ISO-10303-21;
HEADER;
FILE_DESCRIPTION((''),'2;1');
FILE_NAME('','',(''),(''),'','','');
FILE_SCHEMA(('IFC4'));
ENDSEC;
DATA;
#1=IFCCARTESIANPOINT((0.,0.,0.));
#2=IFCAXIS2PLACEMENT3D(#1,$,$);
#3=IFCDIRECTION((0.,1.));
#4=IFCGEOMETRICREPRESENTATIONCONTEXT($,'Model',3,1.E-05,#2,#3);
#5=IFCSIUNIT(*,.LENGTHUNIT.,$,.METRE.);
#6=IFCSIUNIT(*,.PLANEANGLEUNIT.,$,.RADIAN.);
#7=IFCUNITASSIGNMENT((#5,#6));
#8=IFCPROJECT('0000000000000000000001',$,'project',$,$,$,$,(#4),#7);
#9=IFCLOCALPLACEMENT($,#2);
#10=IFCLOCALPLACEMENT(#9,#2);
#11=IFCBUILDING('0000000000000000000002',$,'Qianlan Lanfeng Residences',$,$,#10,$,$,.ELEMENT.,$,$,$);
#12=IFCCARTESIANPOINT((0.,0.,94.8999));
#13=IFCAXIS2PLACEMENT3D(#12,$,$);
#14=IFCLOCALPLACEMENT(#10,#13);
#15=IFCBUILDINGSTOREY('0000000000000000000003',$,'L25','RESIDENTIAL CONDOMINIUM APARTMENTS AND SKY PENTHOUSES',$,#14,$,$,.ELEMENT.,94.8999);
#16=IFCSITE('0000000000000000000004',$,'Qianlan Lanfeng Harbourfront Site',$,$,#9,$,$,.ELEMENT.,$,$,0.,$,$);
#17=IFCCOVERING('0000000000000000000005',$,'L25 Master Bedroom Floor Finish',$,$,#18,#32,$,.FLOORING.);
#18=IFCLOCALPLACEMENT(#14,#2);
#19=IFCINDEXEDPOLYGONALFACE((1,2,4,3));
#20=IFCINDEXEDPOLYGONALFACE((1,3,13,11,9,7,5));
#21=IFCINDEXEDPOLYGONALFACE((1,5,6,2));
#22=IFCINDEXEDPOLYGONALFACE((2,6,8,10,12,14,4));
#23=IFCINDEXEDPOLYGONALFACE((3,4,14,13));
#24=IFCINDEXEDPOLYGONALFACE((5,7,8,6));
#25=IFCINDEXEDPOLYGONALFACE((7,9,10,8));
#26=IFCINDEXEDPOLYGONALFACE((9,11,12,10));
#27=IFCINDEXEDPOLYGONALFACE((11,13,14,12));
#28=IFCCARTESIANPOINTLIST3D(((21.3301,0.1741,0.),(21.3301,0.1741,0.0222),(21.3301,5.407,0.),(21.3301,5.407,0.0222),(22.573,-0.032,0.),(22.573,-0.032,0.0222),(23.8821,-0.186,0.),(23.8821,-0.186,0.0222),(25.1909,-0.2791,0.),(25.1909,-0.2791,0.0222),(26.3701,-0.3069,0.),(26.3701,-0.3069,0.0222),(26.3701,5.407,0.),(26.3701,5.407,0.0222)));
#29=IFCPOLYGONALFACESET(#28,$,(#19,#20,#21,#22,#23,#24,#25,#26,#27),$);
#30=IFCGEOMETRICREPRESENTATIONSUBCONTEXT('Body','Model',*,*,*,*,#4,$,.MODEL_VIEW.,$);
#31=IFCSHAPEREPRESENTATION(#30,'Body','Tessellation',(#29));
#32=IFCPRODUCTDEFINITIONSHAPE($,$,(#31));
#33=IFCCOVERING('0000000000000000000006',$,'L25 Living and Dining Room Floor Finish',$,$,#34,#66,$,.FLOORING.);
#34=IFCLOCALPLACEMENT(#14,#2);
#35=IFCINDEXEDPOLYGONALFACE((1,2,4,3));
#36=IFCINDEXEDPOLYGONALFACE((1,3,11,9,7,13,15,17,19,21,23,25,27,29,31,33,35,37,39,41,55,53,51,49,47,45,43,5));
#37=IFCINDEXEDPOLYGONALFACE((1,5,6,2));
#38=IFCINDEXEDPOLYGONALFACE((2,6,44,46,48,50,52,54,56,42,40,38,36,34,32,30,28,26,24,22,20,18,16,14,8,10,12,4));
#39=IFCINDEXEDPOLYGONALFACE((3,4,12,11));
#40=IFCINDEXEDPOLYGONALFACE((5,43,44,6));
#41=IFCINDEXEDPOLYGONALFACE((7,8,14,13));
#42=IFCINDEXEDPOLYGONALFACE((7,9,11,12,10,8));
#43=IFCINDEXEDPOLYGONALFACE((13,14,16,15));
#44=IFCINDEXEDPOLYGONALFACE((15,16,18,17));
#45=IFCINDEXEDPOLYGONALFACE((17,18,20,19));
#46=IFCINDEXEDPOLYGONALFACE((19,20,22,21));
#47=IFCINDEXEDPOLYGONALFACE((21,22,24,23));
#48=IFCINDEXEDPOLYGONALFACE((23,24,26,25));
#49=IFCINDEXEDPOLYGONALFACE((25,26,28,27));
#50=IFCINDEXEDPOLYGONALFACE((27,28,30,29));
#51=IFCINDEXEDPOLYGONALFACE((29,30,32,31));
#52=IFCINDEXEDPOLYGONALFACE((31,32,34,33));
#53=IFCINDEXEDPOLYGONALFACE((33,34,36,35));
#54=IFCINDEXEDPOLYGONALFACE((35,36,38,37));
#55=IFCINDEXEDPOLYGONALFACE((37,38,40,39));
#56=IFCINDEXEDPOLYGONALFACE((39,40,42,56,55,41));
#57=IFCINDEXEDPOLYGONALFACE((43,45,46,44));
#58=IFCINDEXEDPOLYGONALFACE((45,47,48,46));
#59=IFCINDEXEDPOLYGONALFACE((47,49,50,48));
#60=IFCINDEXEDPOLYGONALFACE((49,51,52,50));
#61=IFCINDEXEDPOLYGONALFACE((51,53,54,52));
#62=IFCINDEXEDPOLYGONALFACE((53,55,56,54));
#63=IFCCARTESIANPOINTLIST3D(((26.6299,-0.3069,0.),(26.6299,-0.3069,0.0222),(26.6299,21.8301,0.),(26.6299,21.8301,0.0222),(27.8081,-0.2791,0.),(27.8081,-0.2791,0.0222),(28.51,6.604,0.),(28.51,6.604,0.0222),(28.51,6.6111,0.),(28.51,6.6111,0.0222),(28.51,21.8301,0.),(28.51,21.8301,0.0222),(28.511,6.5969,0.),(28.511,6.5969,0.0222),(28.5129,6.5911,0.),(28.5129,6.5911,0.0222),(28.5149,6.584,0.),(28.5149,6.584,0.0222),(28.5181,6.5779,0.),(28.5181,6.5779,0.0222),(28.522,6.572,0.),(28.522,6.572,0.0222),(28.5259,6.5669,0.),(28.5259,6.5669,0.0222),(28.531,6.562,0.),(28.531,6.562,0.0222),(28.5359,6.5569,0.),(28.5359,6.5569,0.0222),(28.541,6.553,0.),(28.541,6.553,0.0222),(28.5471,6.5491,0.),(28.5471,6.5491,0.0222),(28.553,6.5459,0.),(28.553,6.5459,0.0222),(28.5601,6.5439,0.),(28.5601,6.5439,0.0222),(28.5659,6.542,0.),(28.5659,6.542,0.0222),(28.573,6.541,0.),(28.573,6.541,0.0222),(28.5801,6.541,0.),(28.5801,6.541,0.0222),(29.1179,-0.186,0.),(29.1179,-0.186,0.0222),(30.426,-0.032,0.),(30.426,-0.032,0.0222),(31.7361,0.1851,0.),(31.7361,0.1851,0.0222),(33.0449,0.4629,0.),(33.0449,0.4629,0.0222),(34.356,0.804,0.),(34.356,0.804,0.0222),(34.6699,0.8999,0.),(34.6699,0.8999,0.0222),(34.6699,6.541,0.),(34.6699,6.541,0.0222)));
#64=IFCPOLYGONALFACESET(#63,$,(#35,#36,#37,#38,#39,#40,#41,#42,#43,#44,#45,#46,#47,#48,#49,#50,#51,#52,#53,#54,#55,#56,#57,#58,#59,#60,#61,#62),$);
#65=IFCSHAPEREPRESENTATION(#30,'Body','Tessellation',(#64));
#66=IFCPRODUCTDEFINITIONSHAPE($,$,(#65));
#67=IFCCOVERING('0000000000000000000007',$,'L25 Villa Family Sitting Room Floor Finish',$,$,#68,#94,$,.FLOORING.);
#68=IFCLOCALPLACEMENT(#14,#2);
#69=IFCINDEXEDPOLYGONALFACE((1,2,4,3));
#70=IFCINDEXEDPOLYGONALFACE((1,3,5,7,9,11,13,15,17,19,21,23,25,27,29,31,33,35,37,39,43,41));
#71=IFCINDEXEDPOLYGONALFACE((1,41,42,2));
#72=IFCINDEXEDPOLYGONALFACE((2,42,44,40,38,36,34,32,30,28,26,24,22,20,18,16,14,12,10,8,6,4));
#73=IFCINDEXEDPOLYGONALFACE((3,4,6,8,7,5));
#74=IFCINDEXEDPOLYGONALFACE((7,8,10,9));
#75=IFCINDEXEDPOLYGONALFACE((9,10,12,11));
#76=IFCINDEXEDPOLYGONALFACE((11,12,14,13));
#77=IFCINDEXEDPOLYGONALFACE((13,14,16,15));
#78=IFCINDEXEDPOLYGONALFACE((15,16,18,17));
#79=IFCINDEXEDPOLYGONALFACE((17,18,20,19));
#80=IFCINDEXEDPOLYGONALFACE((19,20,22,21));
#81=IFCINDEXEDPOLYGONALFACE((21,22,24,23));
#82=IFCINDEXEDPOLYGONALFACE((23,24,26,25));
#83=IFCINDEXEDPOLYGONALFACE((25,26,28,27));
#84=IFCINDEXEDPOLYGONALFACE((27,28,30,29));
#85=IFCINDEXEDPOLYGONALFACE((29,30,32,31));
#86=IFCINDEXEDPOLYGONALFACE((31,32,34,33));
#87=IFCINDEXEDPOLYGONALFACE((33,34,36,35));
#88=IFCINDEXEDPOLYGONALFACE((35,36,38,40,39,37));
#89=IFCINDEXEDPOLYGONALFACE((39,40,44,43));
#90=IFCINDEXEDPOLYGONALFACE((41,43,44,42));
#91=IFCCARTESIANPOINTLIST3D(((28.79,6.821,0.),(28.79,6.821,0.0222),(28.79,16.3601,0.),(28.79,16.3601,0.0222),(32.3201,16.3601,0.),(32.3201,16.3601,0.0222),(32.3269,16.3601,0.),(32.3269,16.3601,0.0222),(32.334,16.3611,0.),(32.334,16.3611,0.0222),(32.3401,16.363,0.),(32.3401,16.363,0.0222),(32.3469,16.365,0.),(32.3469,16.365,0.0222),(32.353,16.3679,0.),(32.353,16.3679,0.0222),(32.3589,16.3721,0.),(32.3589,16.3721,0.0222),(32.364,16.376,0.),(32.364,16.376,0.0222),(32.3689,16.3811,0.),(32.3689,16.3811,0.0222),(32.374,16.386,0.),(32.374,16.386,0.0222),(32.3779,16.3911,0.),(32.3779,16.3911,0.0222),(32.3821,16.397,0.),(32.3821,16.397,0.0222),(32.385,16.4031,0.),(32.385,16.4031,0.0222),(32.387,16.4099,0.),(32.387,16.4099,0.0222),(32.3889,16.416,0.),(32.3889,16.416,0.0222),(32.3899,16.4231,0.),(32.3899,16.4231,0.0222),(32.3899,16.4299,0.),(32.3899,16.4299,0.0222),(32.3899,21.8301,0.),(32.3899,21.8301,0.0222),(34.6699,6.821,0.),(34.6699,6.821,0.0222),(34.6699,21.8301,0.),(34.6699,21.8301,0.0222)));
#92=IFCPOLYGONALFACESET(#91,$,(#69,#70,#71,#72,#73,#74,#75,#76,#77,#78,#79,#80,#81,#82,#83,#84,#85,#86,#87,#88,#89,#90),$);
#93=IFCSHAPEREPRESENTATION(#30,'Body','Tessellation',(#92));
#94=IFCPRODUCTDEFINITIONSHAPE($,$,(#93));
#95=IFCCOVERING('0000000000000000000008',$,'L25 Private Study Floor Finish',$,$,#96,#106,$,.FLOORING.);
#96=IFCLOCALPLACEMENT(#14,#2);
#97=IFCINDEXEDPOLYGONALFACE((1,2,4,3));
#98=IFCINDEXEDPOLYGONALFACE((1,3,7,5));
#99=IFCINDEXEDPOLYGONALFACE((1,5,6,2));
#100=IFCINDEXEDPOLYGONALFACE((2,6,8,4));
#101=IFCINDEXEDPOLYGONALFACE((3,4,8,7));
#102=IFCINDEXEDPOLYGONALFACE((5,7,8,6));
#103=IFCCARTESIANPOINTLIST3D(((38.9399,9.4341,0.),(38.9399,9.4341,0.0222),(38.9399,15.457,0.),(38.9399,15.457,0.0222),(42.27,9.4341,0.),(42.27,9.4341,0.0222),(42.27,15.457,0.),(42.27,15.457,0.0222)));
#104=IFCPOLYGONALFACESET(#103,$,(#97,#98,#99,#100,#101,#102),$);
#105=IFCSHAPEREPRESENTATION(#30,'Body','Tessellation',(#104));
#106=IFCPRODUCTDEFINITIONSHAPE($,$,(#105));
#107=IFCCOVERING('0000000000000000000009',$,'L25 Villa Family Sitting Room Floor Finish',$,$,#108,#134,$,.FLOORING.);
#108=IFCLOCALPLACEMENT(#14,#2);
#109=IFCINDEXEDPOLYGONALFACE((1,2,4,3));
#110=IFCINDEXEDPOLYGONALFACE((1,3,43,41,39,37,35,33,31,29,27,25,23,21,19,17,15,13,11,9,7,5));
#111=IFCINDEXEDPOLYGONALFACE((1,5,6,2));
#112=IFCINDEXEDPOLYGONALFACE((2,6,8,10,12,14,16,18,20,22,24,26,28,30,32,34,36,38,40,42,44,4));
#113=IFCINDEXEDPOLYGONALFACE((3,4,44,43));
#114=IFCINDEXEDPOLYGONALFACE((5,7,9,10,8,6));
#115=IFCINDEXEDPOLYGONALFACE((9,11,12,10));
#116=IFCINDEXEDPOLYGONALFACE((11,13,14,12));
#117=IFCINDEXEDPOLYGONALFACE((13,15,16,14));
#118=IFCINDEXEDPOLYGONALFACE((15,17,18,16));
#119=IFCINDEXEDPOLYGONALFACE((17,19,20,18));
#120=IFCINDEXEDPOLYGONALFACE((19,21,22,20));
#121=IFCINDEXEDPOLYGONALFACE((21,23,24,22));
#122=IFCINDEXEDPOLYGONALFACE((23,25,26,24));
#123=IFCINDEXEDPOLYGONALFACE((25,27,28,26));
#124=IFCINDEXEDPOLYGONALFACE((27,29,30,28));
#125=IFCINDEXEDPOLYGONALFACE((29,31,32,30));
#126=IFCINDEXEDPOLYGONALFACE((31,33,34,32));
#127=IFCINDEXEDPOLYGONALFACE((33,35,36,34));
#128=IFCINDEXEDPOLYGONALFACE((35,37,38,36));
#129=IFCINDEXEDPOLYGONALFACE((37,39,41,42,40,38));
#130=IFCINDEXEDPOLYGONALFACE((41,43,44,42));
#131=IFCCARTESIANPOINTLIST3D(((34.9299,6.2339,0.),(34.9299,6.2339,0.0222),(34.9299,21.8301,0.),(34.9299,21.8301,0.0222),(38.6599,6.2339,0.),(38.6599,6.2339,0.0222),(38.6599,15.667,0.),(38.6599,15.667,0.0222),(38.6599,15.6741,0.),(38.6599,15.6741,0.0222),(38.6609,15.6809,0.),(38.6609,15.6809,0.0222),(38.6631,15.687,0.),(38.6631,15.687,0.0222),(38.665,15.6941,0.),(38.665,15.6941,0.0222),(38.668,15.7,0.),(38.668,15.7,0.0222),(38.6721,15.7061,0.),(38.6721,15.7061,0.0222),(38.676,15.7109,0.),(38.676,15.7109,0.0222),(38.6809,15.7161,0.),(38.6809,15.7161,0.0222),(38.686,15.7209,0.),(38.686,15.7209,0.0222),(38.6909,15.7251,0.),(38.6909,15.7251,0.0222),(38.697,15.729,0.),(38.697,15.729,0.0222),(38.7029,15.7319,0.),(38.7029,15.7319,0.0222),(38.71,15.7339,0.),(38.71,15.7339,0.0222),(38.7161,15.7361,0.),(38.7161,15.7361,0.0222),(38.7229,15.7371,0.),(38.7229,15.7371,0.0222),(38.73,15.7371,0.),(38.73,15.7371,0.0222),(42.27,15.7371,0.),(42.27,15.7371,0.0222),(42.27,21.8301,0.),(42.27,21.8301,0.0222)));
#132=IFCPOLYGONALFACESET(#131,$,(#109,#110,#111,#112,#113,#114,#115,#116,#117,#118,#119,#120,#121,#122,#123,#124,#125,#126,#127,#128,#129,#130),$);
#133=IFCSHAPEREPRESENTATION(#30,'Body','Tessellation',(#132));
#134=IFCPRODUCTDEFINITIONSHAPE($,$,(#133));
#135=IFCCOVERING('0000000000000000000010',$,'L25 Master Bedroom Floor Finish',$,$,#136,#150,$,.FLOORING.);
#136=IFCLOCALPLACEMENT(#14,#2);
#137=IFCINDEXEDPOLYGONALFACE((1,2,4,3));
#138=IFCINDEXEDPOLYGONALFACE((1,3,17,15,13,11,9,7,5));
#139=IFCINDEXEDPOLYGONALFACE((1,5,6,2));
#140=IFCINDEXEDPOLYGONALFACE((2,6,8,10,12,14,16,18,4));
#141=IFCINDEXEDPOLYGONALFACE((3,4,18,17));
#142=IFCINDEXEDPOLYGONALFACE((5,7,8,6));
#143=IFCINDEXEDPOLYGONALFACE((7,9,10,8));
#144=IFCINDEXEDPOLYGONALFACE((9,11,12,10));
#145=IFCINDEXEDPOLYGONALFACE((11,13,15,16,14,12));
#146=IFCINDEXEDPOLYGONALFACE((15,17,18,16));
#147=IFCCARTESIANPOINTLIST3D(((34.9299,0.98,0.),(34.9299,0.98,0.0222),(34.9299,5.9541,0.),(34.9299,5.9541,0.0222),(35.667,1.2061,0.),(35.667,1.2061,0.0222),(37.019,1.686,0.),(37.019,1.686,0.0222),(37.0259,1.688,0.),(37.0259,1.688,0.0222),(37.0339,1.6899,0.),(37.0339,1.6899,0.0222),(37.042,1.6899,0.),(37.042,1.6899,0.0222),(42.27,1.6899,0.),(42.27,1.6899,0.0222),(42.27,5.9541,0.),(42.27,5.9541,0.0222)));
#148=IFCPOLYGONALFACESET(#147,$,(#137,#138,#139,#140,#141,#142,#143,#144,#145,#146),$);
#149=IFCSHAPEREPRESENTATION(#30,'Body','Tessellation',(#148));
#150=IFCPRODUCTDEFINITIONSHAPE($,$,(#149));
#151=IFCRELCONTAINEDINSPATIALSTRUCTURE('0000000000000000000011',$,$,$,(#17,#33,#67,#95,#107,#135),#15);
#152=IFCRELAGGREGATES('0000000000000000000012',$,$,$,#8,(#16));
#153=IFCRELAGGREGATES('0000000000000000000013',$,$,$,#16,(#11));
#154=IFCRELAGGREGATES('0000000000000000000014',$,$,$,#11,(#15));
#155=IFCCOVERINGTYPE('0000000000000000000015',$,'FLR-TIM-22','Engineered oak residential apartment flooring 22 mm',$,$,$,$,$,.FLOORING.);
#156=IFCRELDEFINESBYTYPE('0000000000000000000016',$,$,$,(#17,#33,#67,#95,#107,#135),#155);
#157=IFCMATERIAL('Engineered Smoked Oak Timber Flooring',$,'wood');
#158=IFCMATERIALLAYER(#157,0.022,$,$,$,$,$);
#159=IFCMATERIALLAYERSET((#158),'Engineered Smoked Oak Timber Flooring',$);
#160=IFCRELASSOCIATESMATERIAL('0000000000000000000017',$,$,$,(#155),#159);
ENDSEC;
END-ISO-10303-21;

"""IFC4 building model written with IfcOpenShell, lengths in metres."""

from ifc_helpers import new_model, si_unit, direction, frame, origin, place, context, subcontext, project, spatial, polyline, outline, extrude, material, layer, layer_set, type_object, element, save


model = new_model("IFC4")

# Units and contexts
model_context = context("Model", 3, precision=1e-05, world=origin(), true_north=direction((0.0, 1.0)))
body_context = subcontext(model_context, "Body", "Model", "MODEL_VIEW")
ifc_project = project(units=[si_unit("LENGTHUNIT", "METRE"), si_unit("PLANEANGLEUNIT", "RADIAN")], contexts=[model_context])

# Site, building, storey
site_placement = place(None, origin())
site = spatial("IfcSite", under=ifc_project, at=site_placement, Name="Qianlan Lanfeng Harbourfront Site", CompositionType="ELEMENT", RefElevation=0.0)
building_placement = place(site_placement, origin())
building = spatial("IfcBuilding", under=site, at=building_placement, Name="Qianlan Lanfeng Residences", CompositionType="ELEMENT")
storey_placement = place(building_placement, frame((0.0, 0.0, 94.8999)))
storey = spatial("IfcBuildingStorey", under=building, at=storey_placement, Name="L25", Description="RESIDENTIAL CONDOMINIUM APARTMENTS AND SKY PENTHOUSES", CompositionType="ELEMENT", Elevation=94.8999)

# Coverings
ifc_material_1 = material(Name="Engineered Smoked Oak Timber Flooring", Category="wood")
ifc_layer_1 = layer(ifc_material_1, 0.022)
ifc_layer_set_1 = layer_set([ifc_layer_1], Name="Engineered Smoked Oak Timber Flooring")
covering_type_1 = type_object("IfcCoveringType", Name="FLR-TIM-22", Description="Engineered oak residential apartment flooring 22 mm", PredefinedType="FLOORING", material=ifc_layer_set_1)
covering_1_placement = place(storey_placement, origin())
element("IfcCovering", 1, at=covering_1_placement, inside=storey, type_object=covering_type_1, Name="L25 Master Bedroom Floor Finish", PredefinedType="FLOORING", context=body_context, shape_type="SweptSolid", body=[
    extrude(outline(polyline([(21.3301, 5.407), (21.3301, 0.1741), (22.573, -0.032), (23.8821, -0.186), (25.1909, -0.2791), (26.3701, -0.3069), (26.3701, 5.407), (21.3301, 5.407)])), origin(), (0.0, 0.0, 1.0), 0.0222),
])
covering_2_placement = place(storey_placement, origin())
element("IfcCovering", 2, at=covering_2_placement, inside=storey, type_object=covering_type_1, Name="L25 Living and Dining Room Floor Finish", PredefinedType="FLOORING", context=body_context, shape_type="SweptSolid", body=[
    extrude(outline(polyline([(34.6699, 0.8999), (34.6699, 6.541), (28.5801, 6.541), (28.573, 6.541), (28.5659, 6.542), (28.5601, 6.5439), (28.553, 6.5459), (28.5471, 6.5491), (28.541, 6.553), (28.5359, 6.5569), (28.531, 6.562), (28.5259, 6.5669), (28.522, 6.572), (28.5181, 6.5779), (28.5149, 6.584), (28.5129, 6.5911), (28.511, 6.5969), (28.51, 6.604), (28.51, 6.6111), (28.51, 21.8301), (26.6299, 21.8301), (26.6299, -0.3069), (27.8081, -0.2791), (29.1179, -0.186), (30.426, -0.032), (31.7361, 0.1851), (33.0449, 0.4629), (34.356, 0.804), (34.6699, 0.8999)])), origin(), (0.0, 0.0, 1.0), 0.0222),
])
covering_3_placement = place(storey_placement, origin())
element("IfcCovering", 3, at=covering_3_placement, inside=storey, type_object=covering_type_1, Name="L25 Villa Family Sitting Room Floor Finish", PredefinedType="FLOORING", context=body_context, shape_type="SweptSolid", body=[
    extrude(outline(polyline([(28.79, 6.821), (34.6699, 6.821), (34.6699, 21.8301), (32.3899, 21.8301), (32.3899, 16.4299), (32.3899, 16.4231), (32.3889, 16.416), (32.387, 16.4099), (32.385, 16.4031), (32.3821, 16.397), (32.3779, 16.3911), (32.374, 16.386), (32.3689, 16.3811), (32.364, 16.376), (32.3589, 16.3721), (32.353, 16.3679), (32.3469, 16.365), (32.3401, 16.363), (32.334, 16.3611), (32.3269, 16.3601), (32.3201, 16.3601), (28.79, 16.3601), (28.79, 6.821)])), origin(), (0.0, 0.0, 1.0), 0.0222),
])
covering_4_placement = place(storey_placement, origin())
element("IfcCovering", 4, at=covering_4_placement, inside=storey, type_object=covering_type_1, Name="L25 Private Study Floor Finish", PredefinedType="FLOORING", context=body_context, shape_type="SweptSolid", body=[
    extrude(outline(polyline([(38.9399, 9.4341), (42.27, 9.4341), (42.27, 15.457), (38.9399, 15.457), (38.9399, 9.4341)])), origin(), (0.0, 0.0, 1.0), 0.0222),
])
covering_5_placement = place(storey_placement, origin())
element("IfcCovering", 5, at=covering_5_placement, inside=storey, type_object=covering_type_1, Name="L25 Villa Family Sitting Room Floor Finish", PredefinedType="FLOORING", context=body_context, shape_type="SweptSolid", body=[
    extrude(outline(polyline([(34.9299, 6.2339), (38.6599, 6.2339), (38.6599, 15.667), (38.6599, 15.6741), (38.6609, 15.6809), (38.6631, 15.687), (38.665, 15.6941), (38.668, 15.7), (38.6721, 15.7061), (38.676, 15.7109), (38.6809, 15.7161), (38.686, 15.7209), (38.6909, 15.7251), (38.697, 15.729), (38.7029, 15.7319), (38.71, 15.7339), (38.7161, 15.7361), (38.7229, 15.7371), (38.73, 15.7371), (42.27, 15.7371), (42.27, 21.8301), (34.9299, 21.8301), (34.9299, 6.2339)])), origin(), (0.0, 0.0, 1.0), 0.0222),
])
covering_6_placement = place(storey_placement, origin())
element("IfcCovering", 6, at=covering_6_placement, inside=storey, type_object=covering_type_1, Name="L25 Master Bedroom Floor Finish", PredefinedType="FLOORING", context=body_context, shape_type="SweptSolid", body=[
    extrude(outline(polyline([(34.9299, 5.9541), (34.9299, 0.98), (35.667, 1.2061), (37.019, 1.686), (37.0259, 1.688), (37.0339, 1.6899), (37.042, 1.6899), (42.27, 1.6899), (42.27, 5.9541), (34.9299, 5.9541)])), origin(), (0.0, 0.0, 1.0), 0.0222),
])

save(model, "model.ifc")
